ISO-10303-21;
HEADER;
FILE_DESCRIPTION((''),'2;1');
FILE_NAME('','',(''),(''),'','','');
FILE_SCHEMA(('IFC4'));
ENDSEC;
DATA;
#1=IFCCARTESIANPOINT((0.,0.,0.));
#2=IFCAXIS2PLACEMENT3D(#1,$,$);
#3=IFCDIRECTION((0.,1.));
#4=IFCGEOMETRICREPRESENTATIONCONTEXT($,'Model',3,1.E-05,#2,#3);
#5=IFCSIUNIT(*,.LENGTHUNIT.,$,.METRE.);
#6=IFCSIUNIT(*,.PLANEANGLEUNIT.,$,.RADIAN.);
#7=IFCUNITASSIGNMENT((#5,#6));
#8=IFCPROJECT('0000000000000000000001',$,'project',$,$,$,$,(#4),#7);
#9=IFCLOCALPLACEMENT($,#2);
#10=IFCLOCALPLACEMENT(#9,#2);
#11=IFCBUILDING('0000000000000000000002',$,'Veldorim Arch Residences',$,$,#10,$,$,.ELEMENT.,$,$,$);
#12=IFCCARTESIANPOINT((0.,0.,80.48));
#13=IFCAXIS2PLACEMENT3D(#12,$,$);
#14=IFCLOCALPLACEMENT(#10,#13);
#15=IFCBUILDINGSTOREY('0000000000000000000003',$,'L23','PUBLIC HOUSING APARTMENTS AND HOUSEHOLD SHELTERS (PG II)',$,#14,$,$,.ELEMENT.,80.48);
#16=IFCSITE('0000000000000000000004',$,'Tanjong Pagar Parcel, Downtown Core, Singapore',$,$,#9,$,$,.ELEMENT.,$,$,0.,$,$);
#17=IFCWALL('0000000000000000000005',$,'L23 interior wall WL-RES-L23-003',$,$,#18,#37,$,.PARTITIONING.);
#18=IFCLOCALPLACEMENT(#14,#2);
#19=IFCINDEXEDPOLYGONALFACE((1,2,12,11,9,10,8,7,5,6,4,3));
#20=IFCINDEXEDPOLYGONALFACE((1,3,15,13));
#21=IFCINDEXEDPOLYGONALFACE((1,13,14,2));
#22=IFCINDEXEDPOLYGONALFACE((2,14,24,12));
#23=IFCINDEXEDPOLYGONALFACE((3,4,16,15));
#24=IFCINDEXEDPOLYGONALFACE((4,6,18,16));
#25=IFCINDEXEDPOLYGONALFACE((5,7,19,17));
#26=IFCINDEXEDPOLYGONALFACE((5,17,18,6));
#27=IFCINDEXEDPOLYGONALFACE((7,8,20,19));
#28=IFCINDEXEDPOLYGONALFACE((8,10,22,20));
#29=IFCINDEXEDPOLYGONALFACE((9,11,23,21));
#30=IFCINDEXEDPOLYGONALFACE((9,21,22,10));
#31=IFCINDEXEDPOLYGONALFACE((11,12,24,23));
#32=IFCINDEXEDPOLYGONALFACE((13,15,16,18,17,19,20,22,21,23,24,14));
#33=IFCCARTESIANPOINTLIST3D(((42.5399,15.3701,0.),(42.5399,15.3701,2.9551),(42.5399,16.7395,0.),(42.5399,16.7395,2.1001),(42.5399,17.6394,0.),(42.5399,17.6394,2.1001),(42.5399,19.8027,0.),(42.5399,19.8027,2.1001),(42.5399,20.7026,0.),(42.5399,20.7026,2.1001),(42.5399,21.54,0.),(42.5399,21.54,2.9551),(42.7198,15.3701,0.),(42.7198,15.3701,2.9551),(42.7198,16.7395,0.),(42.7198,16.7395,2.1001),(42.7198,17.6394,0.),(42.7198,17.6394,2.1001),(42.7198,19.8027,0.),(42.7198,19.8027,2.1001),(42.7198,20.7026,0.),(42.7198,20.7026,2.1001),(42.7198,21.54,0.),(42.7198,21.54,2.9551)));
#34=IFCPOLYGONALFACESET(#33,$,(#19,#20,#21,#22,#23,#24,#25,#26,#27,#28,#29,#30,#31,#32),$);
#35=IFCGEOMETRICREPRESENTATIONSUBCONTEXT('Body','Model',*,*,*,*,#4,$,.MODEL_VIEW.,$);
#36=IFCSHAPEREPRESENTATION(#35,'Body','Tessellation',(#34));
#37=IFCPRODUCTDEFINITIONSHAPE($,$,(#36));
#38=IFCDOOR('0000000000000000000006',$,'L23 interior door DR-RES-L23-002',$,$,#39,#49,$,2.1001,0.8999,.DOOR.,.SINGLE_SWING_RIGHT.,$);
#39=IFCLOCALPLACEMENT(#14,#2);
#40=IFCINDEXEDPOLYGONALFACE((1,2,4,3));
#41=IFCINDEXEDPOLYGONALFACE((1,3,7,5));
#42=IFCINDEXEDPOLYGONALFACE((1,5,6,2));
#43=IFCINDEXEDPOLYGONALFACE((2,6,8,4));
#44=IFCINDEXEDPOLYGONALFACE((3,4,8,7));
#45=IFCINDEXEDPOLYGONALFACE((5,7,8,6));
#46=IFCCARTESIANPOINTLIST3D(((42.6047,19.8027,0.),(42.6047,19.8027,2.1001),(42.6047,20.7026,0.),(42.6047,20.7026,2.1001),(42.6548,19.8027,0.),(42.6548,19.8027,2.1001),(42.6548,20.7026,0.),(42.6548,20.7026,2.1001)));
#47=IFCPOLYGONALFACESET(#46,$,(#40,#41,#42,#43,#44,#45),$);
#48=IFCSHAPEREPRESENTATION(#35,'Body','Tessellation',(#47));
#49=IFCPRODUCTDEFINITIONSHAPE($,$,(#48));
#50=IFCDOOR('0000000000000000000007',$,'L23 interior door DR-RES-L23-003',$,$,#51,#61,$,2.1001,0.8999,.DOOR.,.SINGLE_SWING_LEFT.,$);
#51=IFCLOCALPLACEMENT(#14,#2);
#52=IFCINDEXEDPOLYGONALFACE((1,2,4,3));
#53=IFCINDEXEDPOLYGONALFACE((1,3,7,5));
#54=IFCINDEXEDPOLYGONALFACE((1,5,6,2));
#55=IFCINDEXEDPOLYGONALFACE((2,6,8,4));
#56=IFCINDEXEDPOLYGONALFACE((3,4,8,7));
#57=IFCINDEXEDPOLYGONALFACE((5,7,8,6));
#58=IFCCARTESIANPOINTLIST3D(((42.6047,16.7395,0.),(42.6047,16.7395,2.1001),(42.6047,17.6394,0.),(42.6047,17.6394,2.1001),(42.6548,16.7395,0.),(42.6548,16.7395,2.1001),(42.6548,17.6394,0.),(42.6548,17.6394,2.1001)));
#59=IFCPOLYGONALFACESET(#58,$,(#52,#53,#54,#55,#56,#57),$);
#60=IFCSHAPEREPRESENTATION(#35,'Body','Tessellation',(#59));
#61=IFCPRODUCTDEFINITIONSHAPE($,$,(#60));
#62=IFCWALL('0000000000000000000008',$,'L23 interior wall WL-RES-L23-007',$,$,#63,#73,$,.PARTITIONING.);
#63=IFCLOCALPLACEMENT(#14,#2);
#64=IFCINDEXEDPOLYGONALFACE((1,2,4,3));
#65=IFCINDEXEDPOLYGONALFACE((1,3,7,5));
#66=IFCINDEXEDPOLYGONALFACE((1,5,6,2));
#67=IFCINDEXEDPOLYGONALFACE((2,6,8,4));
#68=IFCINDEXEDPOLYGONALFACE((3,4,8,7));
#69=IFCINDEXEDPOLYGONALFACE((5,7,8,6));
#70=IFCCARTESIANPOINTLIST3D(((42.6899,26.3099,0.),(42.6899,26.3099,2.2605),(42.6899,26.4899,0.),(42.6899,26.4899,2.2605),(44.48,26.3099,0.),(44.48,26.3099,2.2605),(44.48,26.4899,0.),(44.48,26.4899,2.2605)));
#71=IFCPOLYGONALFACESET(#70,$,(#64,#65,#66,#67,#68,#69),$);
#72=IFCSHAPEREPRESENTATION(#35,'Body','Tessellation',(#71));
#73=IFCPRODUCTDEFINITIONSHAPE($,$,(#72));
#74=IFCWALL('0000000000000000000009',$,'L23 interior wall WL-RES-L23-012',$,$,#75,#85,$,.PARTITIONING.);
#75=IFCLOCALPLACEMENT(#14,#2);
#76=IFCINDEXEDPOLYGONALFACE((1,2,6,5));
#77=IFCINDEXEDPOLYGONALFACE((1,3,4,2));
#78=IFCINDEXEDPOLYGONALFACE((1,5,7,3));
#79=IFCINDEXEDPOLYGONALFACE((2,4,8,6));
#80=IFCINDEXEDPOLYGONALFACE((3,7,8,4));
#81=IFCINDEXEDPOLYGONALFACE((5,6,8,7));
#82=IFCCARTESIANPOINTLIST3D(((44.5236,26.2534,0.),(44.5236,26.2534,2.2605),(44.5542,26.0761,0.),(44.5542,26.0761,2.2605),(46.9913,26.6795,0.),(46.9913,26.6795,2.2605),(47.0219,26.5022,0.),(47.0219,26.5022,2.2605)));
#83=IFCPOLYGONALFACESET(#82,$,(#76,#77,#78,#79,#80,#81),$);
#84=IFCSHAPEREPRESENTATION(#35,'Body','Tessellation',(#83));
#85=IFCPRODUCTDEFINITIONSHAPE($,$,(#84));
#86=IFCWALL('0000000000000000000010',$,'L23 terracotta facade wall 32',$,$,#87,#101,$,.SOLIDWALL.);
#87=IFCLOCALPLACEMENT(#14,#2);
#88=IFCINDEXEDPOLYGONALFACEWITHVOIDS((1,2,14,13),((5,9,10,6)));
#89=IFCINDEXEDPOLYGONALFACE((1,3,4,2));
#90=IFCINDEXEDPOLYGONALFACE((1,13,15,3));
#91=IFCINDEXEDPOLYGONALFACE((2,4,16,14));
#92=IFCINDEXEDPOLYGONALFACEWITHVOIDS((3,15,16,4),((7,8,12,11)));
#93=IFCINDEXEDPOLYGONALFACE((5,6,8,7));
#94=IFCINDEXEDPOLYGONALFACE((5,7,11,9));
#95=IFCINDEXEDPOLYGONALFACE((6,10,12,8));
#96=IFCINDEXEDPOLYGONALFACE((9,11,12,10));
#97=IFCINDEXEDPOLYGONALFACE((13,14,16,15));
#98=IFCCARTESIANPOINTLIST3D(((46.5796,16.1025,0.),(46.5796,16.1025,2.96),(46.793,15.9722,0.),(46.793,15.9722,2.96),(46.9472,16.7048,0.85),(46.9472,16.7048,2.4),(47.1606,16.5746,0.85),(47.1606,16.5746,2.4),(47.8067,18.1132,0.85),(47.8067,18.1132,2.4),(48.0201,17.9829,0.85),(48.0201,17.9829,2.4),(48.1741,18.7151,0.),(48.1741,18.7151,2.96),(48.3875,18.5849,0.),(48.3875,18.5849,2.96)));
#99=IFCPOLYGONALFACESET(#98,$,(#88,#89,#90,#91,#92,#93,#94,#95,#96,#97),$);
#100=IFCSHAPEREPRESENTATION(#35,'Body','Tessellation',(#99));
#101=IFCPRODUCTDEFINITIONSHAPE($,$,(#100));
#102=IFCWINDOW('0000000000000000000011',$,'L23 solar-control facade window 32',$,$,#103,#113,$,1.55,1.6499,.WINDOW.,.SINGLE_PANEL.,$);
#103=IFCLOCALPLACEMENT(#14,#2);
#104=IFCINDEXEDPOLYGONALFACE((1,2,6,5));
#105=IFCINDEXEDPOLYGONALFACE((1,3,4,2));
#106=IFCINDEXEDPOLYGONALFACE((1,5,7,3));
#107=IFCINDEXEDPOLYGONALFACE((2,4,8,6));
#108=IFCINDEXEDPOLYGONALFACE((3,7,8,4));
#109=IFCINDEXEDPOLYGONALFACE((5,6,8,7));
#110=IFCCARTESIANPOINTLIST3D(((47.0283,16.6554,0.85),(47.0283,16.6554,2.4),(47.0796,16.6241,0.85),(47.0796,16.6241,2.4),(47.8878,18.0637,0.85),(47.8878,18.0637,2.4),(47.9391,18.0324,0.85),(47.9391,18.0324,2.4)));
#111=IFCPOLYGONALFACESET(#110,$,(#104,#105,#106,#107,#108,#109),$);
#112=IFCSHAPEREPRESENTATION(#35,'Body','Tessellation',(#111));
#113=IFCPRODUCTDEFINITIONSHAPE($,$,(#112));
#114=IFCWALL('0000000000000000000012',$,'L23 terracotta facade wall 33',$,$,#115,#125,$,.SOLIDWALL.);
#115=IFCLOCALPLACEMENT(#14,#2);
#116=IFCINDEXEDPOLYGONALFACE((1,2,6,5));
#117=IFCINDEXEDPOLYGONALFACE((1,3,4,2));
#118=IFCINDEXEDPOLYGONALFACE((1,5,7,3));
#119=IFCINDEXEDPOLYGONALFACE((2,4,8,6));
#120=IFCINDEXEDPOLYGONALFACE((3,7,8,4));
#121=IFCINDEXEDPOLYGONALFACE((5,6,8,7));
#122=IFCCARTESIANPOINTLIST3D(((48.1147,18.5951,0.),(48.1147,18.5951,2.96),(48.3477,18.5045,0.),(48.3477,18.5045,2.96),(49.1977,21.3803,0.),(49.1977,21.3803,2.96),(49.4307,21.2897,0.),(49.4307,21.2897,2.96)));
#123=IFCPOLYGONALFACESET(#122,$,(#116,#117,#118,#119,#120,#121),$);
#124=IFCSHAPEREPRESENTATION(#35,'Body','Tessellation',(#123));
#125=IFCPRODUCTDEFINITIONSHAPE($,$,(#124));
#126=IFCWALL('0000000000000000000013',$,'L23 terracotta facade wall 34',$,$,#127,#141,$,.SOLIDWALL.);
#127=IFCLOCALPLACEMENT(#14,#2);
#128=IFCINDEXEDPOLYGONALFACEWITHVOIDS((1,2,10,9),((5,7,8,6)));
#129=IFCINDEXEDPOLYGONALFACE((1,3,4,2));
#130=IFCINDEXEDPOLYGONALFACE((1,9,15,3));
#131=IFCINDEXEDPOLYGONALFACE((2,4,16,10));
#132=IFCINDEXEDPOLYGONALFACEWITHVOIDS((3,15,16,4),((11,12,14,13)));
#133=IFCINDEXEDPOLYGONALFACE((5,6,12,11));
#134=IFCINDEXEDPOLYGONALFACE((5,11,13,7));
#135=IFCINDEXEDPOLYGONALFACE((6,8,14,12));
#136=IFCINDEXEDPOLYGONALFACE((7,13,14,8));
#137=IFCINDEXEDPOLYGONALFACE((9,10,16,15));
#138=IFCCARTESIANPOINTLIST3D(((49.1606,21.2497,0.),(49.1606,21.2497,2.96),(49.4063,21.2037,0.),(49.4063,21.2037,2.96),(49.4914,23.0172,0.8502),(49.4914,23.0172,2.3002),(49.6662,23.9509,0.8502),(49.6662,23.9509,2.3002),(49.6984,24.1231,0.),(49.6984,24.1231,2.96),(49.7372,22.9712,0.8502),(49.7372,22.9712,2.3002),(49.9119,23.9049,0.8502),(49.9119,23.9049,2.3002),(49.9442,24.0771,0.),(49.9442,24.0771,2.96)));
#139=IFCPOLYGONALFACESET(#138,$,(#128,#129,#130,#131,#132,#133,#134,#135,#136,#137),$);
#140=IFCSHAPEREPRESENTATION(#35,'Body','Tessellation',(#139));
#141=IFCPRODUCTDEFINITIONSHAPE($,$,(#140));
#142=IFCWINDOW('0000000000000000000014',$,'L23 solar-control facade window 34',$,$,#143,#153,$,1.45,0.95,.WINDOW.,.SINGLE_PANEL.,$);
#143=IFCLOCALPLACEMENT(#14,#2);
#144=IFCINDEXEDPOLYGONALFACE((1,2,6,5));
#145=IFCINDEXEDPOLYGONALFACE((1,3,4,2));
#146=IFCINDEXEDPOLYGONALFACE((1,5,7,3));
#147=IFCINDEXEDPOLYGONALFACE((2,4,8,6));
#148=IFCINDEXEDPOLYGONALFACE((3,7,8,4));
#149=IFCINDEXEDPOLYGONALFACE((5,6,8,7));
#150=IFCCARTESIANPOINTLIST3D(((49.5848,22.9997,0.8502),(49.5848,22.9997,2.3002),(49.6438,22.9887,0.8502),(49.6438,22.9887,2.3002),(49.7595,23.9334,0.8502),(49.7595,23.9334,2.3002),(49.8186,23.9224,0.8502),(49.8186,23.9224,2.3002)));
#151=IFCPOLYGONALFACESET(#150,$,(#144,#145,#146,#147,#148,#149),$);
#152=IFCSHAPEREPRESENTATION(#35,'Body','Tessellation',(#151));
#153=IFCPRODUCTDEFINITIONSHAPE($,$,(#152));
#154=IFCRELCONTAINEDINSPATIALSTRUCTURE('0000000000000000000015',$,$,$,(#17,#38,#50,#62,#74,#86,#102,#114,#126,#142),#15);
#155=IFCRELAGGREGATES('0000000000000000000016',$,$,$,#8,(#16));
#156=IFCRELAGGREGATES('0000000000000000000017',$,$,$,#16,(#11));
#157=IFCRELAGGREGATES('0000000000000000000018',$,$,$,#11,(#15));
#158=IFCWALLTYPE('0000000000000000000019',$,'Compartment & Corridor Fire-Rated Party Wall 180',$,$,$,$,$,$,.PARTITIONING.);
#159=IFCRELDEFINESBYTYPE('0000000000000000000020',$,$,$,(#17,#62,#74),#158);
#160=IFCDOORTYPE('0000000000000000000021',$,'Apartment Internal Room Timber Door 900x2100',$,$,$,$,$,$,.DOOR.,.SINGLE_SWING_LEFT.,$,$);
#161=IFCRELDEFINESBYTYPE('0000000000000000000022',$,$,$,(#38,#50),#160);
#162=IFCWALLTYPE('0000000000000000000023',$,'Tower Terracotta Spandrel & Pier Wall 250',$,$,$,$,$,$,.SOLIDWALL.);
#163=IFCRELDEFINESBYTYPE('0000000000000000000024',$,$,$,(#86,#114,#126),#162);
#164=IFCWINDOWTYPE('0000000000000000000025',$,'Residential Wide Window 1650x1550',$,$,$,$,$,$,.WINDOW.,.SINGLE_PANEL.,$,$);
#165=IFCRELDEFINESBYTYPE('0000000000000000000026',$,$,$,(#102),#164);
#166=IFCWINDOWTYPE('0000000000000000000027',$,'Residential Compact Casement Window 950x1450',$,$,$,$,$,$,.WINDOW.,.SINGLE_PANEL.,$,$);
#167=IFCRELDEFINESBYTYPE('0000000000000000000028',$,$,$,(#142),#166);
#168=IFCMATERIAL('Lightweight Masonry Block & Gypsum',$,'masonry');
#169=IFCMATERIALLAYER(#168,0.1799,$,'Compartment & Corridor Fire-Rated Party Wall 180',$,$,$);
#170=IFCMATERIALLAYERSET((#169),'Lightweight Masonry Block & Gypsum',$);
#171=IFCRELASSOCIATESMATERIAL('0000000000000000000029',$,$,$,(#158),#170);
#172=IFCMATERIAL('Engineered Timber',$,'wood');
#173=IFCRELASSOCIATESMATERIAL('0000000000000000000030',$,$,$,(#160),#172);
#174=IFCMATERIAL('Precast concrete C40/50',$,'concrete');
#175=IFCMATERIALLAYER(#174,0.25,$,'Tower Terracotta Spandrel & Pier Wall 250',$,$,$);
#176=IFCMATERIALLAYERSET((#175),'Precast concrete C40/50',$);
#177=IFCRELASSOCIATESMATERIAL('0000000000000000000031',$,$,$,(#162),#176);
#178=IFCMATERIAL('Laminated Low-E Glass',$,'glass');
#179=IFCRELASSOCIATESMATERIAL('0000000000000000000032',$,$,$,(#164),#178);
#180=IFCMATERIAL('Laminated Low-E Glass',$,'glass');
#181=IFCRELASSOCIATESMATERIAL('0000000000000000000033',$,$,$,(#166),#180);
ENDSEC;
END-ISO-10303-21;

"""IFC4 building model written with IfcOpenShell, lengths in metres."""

from ifc_helpers import new_model, si_unit, direction, frame, frame_2d, origin, place, context, subcontext, project, spatial, rectangle, extrude, material, layer, layer_set, type_object, element, fill, save


model = new_model("IFC4")

# Units and contexts
model_context = context("Model", 3, precision=1e-05, world=origin(), true_north=direction((0.0, 1.0)))
body_context = subcontext(model_context, "Body", "Model", "MODEL_VIEW")
ifc_project = project(units=[si_unit("LENGTHUNIT", "METRE"), si_unit("PLANEANGLEUNIT", "RADIAN")], contexts=[model_context])

# Site, building, storey
site_placement = place(None, origin())
site = spatial("IfcSite", under=ifc_project, at=site_placement, Name="Tanjong Pagar Parcel, Downtown Core, Singapore", CompositionType="ELEMENT", RefElevation=0.0)
building_placement = place(site_placement, origin())
building = spatial("IfcBuilding", under=site, at=building_placement, Name="Veldorim Arch Residences", CompositionType="ELEMENT")
storey_placement = place(building_placement, frame((0.0, 0.0, 80.48)))
storey = spatial("IfcBuildingStorey", under=building, at=storey_placement, Name="L23", Description="PUBLIC HOUSING APARTMENTS AND HOUSEHOLD SHELTERS (PG II)", CompositionType="ELEMENT", Elevation=80.48)

# Shared definitions
ifc_material_1 = material(Name="Lightweight Masonry Block & Gypsum", Category="masonry")
ifc_layer_1 = layer(ifc_material_1, 0.1799, Name="Compartment & Corridor Fire-Rated Party Wall 180")
ifc_layer_set_1 = layer_set([ifc_layer_1], Name="Lightweight Masonry Block & Gypsum")
wall_type_1 = type_object("IfcWallType", Name="Compartment & Corridor Fire-Rated Party Wall 180", PredefinedType="PARTITIONING", material=ifc_layer_set_1)

# Wall, openings, doors
wall_1_placement = place(storey_placement, frame((42.6299, 21.54, 0.0), z_axis=(0.0, 0.0, 1.0), x_axis=(0.0, -1.0, 0.0)))
wall_1 = element("IfcWall", 1, at=wall_1_placement, inside=storey, type_object=wall_type_1, Name="L23 interior wall WL-RES-L23-003", PredefinedType="PARTITIONING", context=body_context, shape_type="SweptSolid", body=[
    extrude(rectangle(XDim=6.1699, YDim=0.1799, at=frame_2d((3.085, 0.0))), origin(), (0.0, 0.0, 1.0), 2.9551),
])
opening_1_placement = place(wall_1_placement, frame((0.8374, 0.0, 0.0)))
opening_1 = element("IfcOpeningElement", 2, at=opening_1_placement, cuts=wall_1, PredefinedType="OPENING", context=body_context, shape_type="SweptSolid", body=[
    extrude(rectangle(XDim=0.8999, YDim=2.1001, at=frame_2d((0.45, 1.05))), frame((0.0, 0.0999, 0.0), z_axis=(0.0, -1.0, 0.0), x_axis=(1.0, 0.0, 0.0)), (0.0, 0.0, 1.0), 0.2),
])
opening_2_placement = place(wall_1_placement, frame((3.9006, 0.0, 0.0)))
opening_2 = element("IfcOpeningElement", 3, at=opening_2_placement, cuts=wall_1, PredefinedType="OPENING", context=body_context, shape_type="SweptSolid", body=[
    extrude(rectangle(XDim=0.8999, YDim=2.1001, at=frame_2d((0.45, 1.05))), frame((0.0, 0.0999, 0.0), z_axis=(0.0, -1.0, 0.0), x_axis=(1.0, 0.0, 0.0)), (0.0, 0.0, 1.0), 0.2),
])
ifc_material_2 = material(Name="Engineered Timber", Category="wood")
door_type_1 = type_object("IfcDoorType", Name="Apartment Internal Room Timber Door 900x2100", OperationType="SINGLE_SWING_LEFT", PredefinedType="DOOR", material=ifc_material_2)
door_1_placement = place(opening_1_placement, origin())
door_1 = element("IfcDoor", 4, at=door_1_placement, inside=storey, type_object=door_type_1, Name="L23 interior door DR-RES-L23-002", OperationType="SINGLE_SWING_RIGHT", OverallHeight=2.1001, OverallWidth=0.8999, PredefinedType="DOOR", context=body_context, shape_type="SweptSolid", body=[
    extrude(rectangle(XDim=0.8999, YDim=2.1001, at=frame_2d((0.45, 1.05))), frame((0.0, 0.0249, 0.0), z_axis=(0.0, -1.0, 0.0), x_axis=(1.0, 0.0, 0.0)), (0.0, 0.0, 1.0), 0.05),
])
fill(opening_1, door_1)
door_2_placement = place(opening_2_placement, origin())
door_2 = element("IfcDoor", 5, at=door_2_placement, inside=storey, type_object=door_type_1, Name="L23 interior door DR-RES-L23-003", OperationType="SINGLE_SWING_LEFT", OverallHeight=2.1001, OverallWidth=0.8999, PredefinedType="DOOR", context=body_context, shape_type="SweptSolid", body=[
    extrude(rectangle(XDim=0.8999, YDim=2.1001, at=frame_2d((0.45, 1.05))), frame((0.0, 0.0249, 0.0), z_axis=(0.0, -1.0, 0.0), x_axis=(1.0, 0.0, 0.0)), (0.0, 0.0, 1.0), 0.05),
])
fill(opening_2, door_2)

# Walls
wall_2_placement = place(storey_placement, frame((42.6899, 26.3999, 0.0), z_axis=(0.0, 0.0, 1.0), x_axis=(1.0, 0.0, 0.0)))
element("IfcWall", 6, at=wall_2_placement, inside=storey, type_object=wall_type_1, Name="L23 interior wall WL-RES-L23-007", PredefinedType="PARTITIONING", context=body_context, shape_type="SweptSolid", body=[
    extrude(rectangle(XDim=1.79, YDim=0.1799, at=frame_2d((0.895, 0.0))), origin(), (0.0, 0.0, 1.0), 2.2605),
])
wall_3_placement = place(storey_placement, frame((44.5391, 26.1648, 0.0), z_axis=(0.0, 0.0, 1.0), x_axis=(0.985421, 0.170135, 0.0)))
element("IfcWall", 7, at=wall_3_placement, inside=storey, type_object=wall_type_1, Name="L23 interior wall WL-RES-L23-012", PredefinedType="PARTITIONING", context=body_context, shape_type="SweptSolid", body=[
    extrude(rectangle(XDim=2.5042, YDim=0.1799, at=frame_2d((1.252, 0.0))), origin(), (0.0, 0.0, 1.0), 2.2605),
])

# Wall, opening, window
ifc_material_3 = material(Name="Precast concrete C40/50", Category="concrete")
ifc_layer_2 = layer(ifc_material_3, 0.25, Name="Tower Terracotta Spandrel & Pier Wall 250")
ifc_layer_set_2 = layer_set([ifc_layer_2], Name="Precast concrete C40/50")
wall_type_2 = type_object("IfcWallType", Name="Tower Terracotta Spandrel & Pier Wall 250", PredefinedType="SOLIDWALL", material=ifc_layer_set_2)
wall_4_placement = place(storey_placement, frame((48.2808, 18.6499, 0.0), z_axis=(0.0, 0.0, 1.0), x_axis=(-0.520956, -0.853583, 0.0)))
wall_4 = element("IfcWall", 8, at=wall_4_placement, inside=storey, type_object=wall_type_2, Name="L23 terracotta facade wall 32", PredefinedType="SOLIDWALL", context=body_context, shape_type="SweptSolid", body=[
    extrude(rectangle(XDim=3.0608, YDim=0.25, at=frame_2d((1.5303, 0.0))), origin(), (0.0, 0.0, 1.0), 2.96),
])
opening_3_placement = place(wall_4_placement, frame((0.7051, 0.0, 0.8501)))
opening_3 = element("IfcOpeningElement", 9, at=opening_3_placement, cuts=wall_4, PredefinedType="OPENING", context=body_context, shape_type="SweptSolid", body=[
    extrude(rectangle(XDim=1.6499, YDim=1.55, at=frame_2d((0.825, 0.7749))), frame((0.0, 0.135, 0.0), z_axis=(0.0, -1.0, 0.0), x_axis=(1.0, 0.0, 0.0)), (0.0, 0.0, 1.0), 0.27),
])
ifc_material_4 = material(Name="Laminated Low-E Glass", Category="glass")
window_type_1 = type_object("IfcWindowType", Name="Residential Wide Window 1650x1550", PartitioningType="SINGLE_PANEL", PredefinedType="WINDOW", material=ifc_material_4)
window_1_placement = place(opening_3_placement, origin())
window_1 = element("IfcWindow", 10, at=window_1_placement, inside=storey, type_object=window_type_1, Name="L23 solar-control facade window 32", OverallHeight=1.55, OverallWidth=1.6499, PartitioningType="SINGLE_PANEL", PredefinedType="WINDOW", context=body_context, shape_type="SweptSolid", body=[
    extrude(rectangle(XDim=1.6499, YDim=1.55, at=frame_2d((0.825, 0.7749))), frame((0.0, 0.03, 0.0), z_axis=(0.0, -1.0, 0.0), x_axis=(1.0, 0.0, 0.0)), (0.0, 0.0, 1.0), 0.0601),
])
fill(opening_3, window_1)

# Wall
wall_5_placement = place(storey_placement, frame((49.3142, 21.335, 0.0), z_axis=(0.0, 0.0, 1.0), x_axis=(-0.362415, -0.932017, 0.0)))
element("IfcWall", 11, at=wall_5_placement, inside=storey, type_object=wall_type_2, Name="L23 terracotta facade wall 33", PredefinedType="SOLIDWALL", context=body_context, shape_type="SweptSolid", body=[
    extrude(rectangle(XDim=2.9883, YDim=0.25, at=frame_2d((1.4941, 0.0))), origin(), (0.0, 0.0, 1.0), 2.96),
])

# Wall, opening, window
wall_6_placement = place(storey_placement, frame((49.8213, 24.1001, 0.0), z_axis=(0.0, 0.0, 1.0), x_axis=(-0.183976, -0.982931, 0.0)))
wall_6 = element("IfcWall", 12, at=wall_6_placement, inside=storey, type_object=wall_type_2, Name="L23 terracotta facade wall 34", PredefinedType="SOLIDWALL", context=body_context, shape_type="SweptSolid", body=[
    extrude(rectangle(XDim=2.9233, YDim=0.25, at=frame_2d((1.4617, 0.0))), origin(), (0.0, 0.0, 1.0), 2.96),
])
opening_4_placement = place(wall_6_placement, frame((0.175, 0.0, 0.8501)))
opening_4 = element("IfcOpeningElement", 13, at=opening_4_placement, cuts=wall_6, PredefinedType="OPENING", context=body_context, shape_type="SweptSolid", body=[
    extrude(rectangle(XDim=0.95, YDim=1.45, at=frame_2d((0.4751, 0.7251))), frame((0.0, 0.135, 0.0), z_axis=(0.0, -1.0, 0.0), x_axis=(1.0, 0.0, 0.0)), (0.0, 0.0, 1.0), 0.27),
])
ifc_material_5 = material(Name="Laminated Low-E Glass", Category="glass")
window_type_2 = type_object("IfcWindowType", Name="Residential Compact Casement Window 950x1450", PartitioningType="SINGLE_PANEL", PredefinedType="WINDOW", material=ifc_material_5)
window_2_placement = place(opening_4_placement, origin())
window_2 = element("IfcWindow", 14, at=window_2_placement, inside=storey, type_object=window_type_2, Name="L23 solar-control facade window 34", OverallHeight=1.45, OverallWidth=0.95, PartitioningType="SINGLE_PANEL", PredefinedType="WINDOW", context=body_context, shape_type="SweptSolid", body=[
    extrude(rectangle(XDim=0.95, YDim=1.45, at=frame_2d((0.4751, 0.7251))), frame((0.0, 0.03, 0.0), z_axis=(0.0, -1.0, 0.0), x_axis=(1.0, 0.0, 0.0)), (0.0, 0.0, 1.0), 0.0601),
])
fill(opening_4, window_2)

save(model, "model.ifc")
